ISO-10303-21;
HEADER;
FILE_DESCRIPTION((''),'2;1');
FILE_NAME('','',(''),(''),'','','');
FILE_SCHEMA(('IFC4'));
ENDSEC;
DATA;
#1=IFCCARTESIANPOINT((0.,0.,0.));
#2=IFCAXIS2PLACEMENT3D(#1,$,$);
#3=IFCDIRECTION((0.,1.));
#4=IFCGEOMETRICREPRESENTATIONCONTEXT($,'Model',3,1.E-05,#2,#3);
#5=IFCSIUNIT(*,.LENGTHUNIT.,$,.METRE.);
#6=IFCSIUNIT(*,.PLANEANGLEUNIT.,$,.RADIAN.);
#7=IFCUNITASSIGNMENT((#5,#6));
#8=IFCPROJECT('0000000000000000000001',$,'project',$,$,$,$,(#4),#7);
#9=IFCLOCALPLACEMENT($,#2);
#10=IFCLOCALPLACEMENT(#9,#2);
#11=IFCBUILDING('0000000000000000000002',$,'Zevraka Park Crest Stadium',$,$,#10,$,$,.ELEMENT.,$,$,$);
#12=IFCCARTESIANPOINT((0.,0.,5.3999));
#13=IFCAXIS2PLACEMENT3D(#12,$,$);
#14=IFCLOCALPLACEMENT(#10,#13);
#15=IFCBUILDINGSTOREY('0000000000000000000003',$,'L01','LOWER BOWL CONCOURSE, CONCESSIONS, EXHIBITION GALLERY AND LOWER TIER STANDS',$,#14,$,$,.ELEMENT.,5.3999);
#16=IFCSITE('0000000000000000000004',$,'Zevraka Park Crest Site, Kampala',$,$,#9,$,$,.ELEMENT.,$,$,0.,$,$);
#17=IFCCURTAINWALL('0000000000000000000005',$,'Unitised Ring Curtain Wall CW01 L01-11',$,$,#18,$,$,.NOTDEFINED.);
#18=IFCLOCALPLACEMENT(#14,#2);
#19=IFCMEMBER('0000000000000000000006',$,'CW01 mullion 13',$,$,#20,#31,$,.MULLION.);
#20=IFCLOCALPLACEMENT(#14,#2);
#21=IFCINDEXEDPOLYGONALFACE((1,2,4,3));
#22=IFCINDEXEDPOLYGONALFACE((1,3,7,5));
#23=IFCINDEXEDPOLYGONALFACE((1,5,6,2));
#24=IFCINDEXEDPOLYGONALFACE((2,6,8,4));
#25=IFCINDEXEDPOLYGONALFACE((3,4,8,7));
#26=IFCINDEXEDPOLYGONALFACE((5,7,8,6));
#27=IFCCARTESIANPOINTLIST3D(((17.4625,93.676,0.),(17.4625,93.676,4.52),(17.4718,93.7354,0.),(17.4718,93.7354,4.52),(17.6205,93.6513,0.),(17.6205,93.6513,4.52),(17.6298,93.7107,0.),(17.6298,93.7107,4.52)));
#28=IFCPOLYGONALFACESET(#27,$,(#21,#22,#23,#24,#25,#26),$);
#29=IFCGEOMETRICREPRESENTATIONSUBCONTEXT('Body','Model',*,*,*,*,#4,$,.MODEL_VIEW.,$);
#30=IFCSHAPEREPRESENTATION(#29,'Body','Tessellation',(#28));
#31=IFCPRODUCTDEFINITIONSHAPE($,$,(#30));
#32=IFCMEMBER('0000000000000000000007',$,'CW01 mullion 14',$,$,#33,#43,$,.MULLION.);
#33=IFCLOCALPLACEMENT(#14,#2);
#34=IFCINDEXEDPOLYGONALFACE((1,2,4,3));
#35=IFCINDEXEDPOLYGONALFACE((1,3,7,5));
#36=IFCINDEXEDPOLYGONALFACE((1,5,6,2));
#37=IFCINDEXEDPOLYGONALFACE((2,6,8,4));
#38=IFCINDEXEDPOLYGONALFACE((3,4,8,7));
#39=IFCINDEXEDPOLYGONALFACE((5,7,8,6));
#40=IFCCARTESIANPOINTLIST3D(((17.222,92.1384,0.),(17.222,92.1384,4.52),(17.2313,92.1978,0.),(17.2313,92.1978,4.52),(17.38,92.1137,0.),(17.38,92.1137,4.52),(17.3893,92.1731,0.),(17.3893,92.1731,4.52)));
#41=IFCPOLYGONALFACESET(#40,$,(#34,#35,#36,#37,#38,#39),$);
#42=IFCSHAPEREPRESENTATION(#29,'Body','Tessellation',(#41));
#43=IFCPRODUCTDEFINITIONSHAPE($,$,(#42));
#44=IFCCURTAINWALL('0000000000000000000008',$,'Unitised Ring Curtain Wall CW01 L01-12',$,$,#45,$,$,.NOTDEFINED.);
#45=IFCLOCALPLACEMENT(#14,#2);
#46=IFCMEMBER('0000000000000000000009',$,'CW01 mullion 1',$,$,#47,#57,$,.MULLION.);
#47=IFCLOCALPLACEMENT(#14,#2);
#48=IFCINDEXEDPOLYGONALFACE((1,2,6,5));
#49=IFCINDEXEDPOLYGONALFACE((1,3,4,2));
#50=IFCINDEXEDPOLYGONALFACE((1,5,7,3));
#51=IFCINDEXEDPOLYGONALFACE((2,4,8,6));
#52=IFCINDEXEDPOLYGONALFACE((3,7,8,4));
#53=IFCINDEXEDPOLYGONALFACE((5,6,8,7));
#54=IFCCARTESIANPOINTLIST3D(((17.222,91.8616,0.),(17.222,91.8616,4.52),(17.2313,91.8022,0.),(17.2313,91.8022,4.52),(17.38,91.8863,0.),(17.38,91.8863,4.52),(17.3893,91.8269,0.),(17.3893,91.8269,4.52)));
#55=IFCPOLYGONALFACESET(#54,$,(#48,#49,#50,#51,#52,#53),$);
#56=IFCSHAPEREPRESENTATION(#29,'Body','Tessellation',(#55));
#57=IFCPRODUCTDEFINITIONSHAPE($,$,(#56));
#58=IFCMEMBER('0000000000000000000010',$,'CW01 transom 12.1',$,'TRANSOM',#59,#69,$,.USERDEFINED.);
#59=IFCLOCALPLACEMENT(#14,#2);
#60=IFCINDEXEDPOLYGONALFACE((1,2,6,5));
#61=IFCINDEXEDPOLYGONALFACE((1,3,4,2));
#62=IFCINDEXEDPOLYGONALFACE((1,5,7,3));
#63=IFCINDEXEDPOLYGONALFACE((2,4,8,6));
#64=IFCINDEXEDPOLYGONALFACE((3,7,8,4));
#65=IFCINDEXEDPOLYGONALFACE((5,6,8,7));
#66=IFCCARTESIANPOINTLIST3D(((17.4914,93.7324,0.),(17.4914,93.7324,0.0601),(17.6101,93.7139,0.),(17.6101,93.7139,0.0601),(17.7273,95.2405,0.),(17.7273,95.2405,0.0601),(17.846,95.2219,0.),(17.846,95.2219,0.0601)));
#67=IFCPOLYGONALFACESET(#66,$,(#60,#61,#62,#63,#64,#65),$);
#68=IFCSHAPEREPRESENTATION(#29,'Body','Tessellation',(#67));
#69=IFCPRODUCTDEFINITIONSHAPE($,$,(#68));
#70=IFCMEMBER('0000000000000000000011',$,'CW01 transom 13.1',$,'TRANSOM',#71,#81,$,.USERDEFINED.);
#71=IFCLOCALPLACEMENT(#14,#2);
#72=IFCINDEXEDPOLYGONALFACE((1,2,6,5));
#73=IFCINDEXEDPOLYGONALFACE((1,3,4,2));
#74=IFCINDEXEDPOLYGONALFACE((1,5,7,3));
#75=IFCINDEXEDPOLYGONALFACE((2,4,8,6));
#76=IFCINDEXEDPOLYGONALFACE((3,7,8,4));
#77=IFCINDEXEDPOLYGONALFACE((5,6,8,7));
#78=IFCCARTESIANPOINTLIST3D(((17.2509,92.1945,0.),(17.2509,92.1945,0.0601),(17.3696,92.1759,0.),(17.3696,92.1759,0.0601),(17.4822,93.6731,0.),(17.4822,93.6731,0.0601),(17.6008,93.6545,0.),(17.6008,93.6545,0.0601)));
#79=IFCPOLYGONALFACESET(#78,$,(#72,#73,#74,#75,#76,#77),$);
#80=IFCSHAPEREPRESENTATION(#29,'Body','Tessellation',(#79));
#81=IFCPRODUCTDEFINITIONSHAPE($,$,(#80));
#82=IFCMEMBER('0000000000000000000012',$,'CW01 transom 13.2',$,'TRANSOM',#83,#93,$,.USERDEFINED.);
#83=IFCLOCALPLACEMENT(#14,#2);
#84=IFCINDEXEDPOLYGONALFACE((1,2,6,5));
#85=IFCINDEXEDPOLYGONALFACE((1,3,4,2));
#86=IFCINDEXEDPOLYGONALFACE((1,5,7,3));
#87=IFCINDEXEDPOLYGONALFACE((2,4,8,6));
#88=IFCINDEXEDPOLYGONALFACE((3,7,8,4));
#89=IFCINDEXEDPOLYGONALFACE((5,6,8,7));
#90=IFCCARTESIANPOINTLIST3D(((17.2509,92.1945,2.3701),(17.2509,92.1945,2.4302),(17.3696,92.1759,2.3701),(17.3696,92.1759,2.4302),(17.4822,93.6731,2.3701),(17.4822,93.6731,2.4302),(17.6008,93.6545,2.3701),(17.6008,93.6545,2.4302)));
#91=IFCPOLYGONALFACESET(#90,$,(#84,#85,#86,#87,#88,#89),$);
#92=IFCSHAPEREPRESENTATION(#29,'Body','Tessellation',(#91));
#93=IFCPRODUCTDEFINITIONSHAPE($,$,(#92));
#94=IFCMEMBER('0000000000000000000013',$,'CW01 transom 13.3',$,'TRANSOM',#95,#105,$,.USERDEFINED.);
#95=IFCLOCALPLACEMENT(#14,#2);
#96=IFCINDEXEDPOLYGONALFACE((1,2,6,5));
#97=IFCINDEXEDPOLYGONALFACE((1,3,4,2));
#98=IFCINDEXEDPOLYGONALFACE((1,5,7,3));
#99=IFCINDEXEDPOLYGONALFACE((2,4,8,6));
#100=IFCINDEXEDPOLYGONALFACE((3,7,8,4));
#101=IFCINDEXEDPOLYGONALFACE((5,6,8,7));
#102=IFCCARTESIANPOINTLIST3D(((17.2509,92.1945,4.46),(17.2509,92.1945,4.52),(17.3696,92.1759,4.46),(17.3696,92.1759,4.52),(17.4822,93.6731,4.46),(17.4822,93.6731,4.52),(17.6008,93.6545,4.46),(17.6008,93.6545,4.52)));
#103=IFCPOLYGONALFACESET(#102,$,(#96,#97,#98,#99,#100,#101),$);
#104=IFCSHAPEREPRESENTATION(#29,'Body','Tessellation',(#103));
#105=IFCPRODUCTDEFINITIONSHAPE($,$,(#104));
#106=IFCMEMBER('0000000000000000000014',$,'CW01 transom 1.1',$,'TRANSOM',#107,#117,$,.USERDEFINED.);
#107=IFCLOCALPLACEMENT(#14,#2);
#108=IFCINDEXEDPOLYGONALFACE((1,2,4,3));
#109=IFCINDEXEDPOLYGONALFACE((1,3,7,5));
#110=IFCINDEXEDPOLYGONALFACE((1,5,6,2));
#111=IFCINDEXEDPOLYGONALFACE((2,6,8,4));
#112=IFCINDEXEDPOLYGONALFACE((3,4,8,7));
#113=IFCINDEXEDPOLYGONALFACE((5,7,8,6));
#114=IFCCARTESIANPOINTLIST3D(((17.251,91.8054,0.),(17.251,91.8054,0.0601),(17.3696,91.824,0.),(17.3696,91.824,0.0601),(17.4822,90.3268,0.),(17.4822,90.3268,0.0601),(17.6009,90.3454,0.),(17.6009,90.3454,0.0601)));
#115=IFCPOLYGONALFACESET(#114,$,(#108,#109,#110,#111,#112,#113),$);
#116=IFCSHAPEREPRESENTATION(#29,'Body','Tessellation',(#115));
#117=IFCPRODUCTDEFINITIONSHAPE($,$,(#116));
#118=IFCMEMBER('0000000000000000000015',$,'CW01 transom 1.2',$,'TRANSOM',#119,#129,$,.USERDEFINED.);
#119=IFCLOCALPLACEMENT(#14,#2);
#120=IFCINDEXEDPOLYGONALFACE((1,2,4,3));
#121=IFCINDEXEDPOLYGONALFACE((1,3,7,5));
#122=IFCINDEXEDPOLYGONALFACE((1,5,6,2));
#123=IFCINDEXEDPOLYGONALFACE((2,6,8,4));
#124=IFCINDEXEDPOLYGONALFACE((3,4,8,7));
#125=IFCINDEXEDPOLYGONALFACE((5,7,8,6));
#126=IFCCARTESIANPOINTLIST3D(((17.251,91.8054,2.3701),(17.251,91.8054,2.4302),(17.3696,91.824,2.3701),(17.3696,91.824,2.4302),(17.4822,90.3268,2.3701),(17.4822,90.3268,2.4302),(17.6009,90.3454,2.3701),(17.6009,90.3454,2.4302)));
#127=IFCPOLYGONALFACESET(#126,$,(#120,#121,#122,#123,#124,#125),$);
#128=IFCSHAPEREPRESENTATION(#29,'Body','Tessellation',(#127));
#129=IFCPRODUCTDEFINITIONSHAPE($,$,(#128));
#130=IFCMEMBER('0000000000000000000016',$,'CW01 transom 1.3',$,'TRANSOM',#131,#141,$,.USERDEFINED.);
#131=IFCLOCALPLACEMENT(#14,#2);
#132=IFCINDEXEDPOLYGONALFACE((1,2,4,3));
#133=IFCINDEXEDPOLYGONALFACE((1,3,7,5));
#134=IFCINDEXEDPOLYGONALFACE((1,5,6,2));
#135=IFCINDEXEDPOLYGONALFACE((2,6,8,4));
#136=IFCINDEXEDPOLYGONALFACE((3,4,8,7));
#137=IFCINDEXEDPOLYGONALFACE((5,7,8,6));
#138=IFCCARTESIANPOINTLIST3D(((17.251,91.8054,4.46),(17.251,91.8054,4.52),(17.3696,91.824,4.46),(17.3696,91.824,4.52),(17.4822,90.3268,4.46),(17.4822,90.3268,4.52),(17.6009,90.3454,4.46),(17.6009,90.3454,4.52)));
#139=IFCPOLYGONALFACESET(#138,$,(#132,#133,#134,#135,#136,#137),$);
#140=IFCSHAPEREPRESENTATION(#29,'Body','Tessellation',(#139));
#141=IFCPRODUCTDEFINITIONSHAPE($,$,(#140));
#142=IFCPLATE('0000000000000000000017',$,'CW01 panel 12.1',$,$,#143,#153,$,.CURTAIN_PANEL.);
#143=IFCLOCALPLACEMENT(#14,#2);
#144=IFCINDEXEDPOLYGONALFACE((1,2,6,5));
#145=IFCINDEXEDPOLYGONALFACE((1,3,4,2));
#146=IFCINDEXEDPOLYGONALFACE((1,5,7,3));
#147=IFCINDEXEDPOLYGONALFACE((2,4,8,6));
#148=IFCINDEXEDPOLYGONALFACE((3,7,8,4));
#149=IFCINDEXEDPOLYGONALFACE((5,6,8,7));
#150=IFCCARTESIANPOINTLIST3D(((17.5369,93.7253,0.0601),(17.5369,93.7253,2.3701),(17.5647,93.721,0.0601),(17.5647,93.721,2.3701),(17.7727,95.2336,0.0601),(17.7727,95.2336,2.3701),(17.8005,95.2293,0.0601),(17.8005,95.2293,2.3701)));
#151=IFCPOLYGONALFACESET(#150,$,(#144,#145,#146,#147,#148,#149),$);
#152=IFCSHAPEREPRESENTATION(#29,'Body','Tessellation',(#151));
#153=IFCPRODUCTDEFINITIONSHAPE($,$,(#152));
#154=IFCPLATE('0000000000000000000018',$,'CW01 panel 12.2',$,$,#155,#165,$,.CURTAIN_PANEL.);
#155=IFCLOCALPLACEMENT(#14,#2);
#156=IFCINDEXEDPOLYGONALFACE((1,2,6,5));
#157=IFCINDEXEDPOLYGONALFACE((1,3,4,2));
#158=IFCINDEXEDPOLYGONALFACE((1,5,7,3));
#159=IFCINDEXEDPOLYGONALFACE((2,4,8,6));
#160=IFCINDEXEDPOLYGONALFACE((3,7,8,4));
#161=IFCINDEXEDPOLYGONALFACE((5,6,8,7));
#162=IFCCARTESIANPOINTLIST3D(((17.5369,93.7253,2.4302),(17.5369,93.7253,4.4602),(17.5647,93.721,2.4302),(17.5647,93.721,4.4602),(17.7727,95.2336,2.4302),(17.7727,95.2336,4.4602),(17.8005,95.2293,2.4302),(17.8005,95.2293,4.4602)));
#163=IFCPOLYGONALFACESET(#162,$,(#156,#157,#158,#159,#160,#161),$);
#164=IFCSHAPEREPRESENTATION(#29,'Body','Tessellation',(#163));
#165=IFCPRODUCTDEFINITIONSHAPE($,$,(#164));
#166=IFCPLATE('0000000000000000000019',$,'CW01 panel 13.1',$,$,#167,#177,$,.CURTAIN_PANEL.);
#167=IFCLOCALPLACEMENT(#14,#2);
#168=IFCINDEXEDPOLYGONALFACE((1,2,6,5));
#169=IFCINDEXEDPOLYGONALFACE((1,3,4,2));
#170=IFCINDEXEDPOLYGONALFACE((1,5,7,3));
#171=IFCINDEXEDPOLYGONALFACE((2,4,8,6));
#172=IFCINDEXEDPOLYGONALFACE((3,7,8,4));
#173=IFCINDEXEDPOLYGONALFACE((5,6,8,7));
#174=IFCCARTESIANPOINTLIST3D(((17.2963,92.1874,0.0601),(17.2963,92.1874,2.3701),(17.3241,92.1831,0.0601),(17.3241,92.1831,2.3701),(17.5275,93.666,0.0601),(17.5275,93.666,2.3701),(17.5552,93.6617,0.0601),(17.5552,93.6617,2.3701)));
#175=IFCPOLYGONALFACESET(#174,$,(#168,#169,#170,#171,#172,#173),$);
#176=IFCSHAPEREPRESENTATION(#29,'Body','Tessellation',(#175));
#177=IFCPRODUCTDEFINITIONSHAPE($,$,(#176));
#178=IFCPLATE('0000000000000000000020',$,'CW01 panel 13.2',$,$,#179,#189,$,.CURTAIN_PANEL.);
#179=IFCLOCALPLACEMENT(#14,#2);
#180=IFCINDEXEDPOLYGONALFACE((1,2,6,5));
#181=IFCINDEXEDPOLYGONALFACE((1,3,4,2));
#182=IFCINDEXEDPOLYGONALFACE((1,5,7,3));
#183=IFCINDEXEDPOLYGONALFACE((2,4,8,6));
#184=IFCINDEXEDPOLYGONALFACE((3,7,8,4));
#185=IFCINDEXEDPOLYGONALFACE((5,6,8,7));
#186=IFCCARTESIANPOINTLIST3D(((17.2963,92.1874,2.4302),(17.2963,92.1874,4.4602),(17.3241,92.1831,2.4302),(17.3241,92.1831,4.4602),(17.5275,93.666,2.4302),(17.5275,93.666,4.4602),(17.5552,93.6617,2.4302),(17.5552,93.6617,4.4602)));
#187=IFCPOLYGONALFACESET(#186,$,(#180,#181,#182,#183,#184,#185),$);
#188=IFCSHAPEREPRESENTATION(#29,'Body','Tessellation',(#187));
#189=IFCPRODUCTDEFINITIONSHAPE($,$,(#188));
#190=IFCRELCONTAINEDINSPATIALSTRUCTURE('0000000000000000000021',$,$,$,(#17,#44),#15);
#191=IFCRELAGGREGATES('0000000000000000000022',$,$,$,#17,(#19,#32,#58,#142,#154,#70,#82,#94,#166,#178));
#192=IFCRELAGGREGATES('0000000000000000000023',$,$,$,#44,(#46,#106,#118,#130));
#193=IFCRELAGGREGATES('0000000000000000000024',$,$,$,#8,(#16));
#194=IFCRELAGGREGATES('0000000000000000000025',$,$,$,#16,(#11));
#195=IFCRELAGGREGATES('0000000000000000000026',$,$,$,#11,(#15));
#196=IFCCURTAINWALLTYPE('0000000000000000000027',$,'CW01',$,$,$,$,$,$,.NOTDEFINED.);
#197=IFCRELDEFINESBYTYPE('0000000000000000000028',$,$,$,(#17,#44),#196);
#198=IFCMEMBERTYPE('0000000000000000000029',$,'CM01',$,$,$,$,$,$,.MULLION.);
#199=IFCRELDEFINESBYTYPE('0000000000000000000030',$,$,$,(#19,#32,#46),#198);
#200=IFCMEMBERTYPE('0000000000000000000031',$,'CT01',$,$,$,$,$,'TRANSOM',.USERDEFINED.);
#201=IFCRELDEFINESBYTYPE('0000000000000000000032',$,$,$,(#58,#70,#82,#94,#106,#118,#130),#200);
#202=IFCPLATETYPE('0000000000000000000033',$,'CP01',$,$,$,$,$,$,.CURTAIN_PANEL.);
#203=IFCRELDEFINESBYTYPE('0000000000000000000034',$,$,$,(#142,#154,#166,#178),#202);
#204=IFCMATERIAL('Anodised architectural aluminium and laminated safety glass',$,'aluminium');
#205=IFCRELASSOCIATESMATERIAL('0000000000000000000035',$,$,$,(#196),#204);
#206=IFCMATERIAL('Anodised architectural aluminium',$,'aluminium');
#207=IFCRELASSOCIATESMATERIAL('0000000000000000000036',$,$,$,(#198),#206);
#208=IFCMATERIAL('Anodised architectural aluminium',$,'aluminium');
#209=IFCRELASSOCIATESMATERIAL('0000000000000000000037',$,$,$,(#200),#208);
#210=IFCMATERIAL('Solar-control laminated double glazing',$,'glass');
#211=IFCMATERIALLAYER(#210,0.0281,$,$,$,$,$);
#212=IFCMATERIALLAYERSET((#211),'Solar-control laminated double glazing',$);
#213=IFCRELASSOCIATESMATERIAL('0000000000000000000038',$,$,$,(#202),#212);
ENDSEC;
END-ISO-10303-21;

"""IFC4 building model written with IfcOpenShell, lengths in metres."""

from ifc_helpers import new_model, si_unit, direction, frame, origin, origin_2d, place, context, subcontext, project, spatial, rectangle, extrude, material, layer, layer_set, material_profile, profile_set, type_object, element, aggregate, save


model = new_model("IFC4")

# Units and contexts
model_context = context("Model", 3, precision=1e-05, world=origin(), true_north=direction((0.0, 1.0)))
body_context = subcontext(model_context, "Body", "Model", "MODEL_VIEW")
ifc_project = project(units=[si_unit("LENGTHUNIT", "METRE"), si_unit("PLANEANGLEUNIT", "RADIAN")], contexts=[model_context])

# Site, building, storey
site_placement = place(None, origin())
site = spatial("IfcSite", under=ifc_project, at=site_placement, Name="Zevraka Park Crest Site, Kampala", CompositionType="ELEMENT", RefElevation=0.0)
building_placement = place(site_placement, origin())
building = spatial("IfcBuilding", under=site, at=building_placement, Name="Zevraka Park Crest Stadium", CompositionType="ELEMENT")
storey_placement = place(building_placement, frame((0.0, 0.0, 5.3999)))
storey = spatial("IfcBuildingStorey", under=building, at=storey_placement, Name="L01", Description="LOWER BOWL CONCOURSE, CONCESSIONS, EXHIBITION GALLERY AND LOWER TIER STANDS", CompositionType="ELEMENT", Elevation=5.3999)

# Curtain wall, members
ifc_material_1 = material(Name="Anodised architectural aluminium and laminated safety glass", Category="aluminium")
curtain_wall_type = type_object("IfcCurtainWallType", Name="CW01", PredefinedType="NOTDEFINED", material=ifc_material_1)
curtain_wall_1_placement = place(storey_placement, origin())
curtain_wall_1 = element("IfcCurtainWall", 1, at=curtain_wall_1_placement, inside=storey, type_object=curtain_wall_type, Name="Unitised Ring Curtain Wall CW01 L01-11", PredefinedType="NOTDEFINED")
ifc_material_2 = material(Name="Anodised architectural aluminium", Category="aluminium")
ifc_material_profile_1 = material_profile(ifc_material_2, rectangle(XDim=0.1599, YDim=0.0601, at=origin_2d()), Name="ALU MULLION 160x60")
ifc_profile_set_1 = profile_set([ifc_material_profile_1], Name="Anodised architectural aluminium")
member_type_1 = type_object("IfcMemberType", Name="CM01", PredefinedType="MULLION", material=ifc_profile_set_1)
member_1_placement = place(storey_placement, frame((17.5461, 93.6934, 0.0), z_axis=(0.0, 0.0, 1.0), x_axis=(0.987997, -0.154476, 0.0)))
member_1 = element("IfcMember", 2, at=member_1_placement, type_object=member_type_1, Name="CW01 mullion 13", PredefinedType="MULLION", context=body_context, shape_type="SweptSolid", body=[
    extrude(rectangle(XDim=0.1599, YDim=0.0601, at=origin_2d()), origin(), (0.0, 0.0, 1.0), 4.52),
])
member_2_placement = place(storey_placement, frame((17.3057, 92.1558, 0.0), z_axis=(0.0, 0.0, 1.0), x_axis=(0.987997, -0.154476, 0.0)))
member_2 = element("IfcMember", 3, at=member_2_placement, type_object=member_type_1, Name="CW01 mullion 14", PredefinedType="MULLION", context=body_context, shape_type="SweptSolid", body=[
    extrude(rectangle(XDim=0.1599, YDim=0.0601, at=origin_2d()), origin(), (0.0, 0.0, 1.0), 4.52),
])

# Curtain wall, member
curtain_wall_2_placement = place(storey_placement, origin())
curtain_wall_2 = element("IfcCurtainWall", 4, at=curtain_wall_2_placement, inside=storey, type_object=curtain_wall_type, Name="Unitised Ring Curtain Wall CW01 L01-12", PredefinedType="NOTDEFINED")
member_3_placement = place(storey_placement, frame((17.3057, 91.8442, 0.0), z_axis=(0.0, 0.0, 1.0), x_axis=(0.987997, 0.154476, 0.0)))
member_3 = element("IfcMember", 5, at=member_3_placement, type_object=member_type_1, Name="CW01 mullion 1", PredefinedType="MULLION", context=body_context, shape_type="SweptSolid", body=[
    extrude(rectangle(XDim=0.1599, YDim=0.0601, at=origin_2d()), origin(), (0.0, 0.0, 1.0), 4.52),
])

# Members
ifc_material_3 = material(Name="Anodised architectural aluminium", Category="aluminium")
ifc_material_profile_2 = material_profile(ifc_material_3, rectangle(XDim=0.1201, YDim=0.0601, at=origin_2d()), Name="ALU TRANSOM 120x60")
ifc_profile_set_2 = profile_set([ifc_material_profile_2], Name="Anodised architectural aluminium")
member_type_2 = type_object("IfcMemberType", Name="CT01", ElementType="TRANSOM", PredefinedType="USERDEFINED", material=ifc_profile_set_2)
member_4_placement = place(storey_placement, frame((17.7866, 95.2312, 0.03), z_axis=(-0.154509, -0.987991, 0.0), x_axis=(0.987991, -0.154509, 0.0)))
member_4 = element("IfcMember", 6, at=member_4_placement, type_object=member_type_2, Name="CW01 transom 12.1", ObjectType="TRANSOM", PredefinedType="USERDEFINED", context=body_context, shape_type="SweptSolid", body=[
    extrude(rectangle(XDim=0.1201, YDim=0.0601, at=origin_2d()), origin(), (0.0, 0.0, 1.0), 1.5264),
])
member_5_placement = place(storey_placement, frame((17.5415, 93.6638, 0.03), z_axis=(-0.154496, -0.987993, 0.0), x_axis=(0.987993, -0.154496, 0.0)))
member_5 = element("IfcMember", 7, at=member_5_placement, type_object=member_type_2, Name="CW01 transom 13.1", ObjectType="TRANSOM", PredefinedType="USERDEFINED", context=body_context, shape_type="SweptSolid", body=[
    extrude(rectangle(XDim=0.1201, YDim=0.0601, at=origin_2d()), origin(), (0.0, 0.0, 1.0), 1.4966),
])
member_6_placement = place(storey_placement, frame((17.5415, 93.6638, 2.4001), z_axis=(-0.154496, -0.987993, 0.0), x_axis=(0.987993, -0.154496, 0.0)))
member_6 = element("IfcMember", 8, at=member_6_placement, type_object=member_type_2, Name="CW01 transom 13.2", ObjectType="TRANSOM", PredefinedType="USERDEFINED", context=body_context, shape_type="SweptSolid", body=[
    extrude(rectangle(XDim=0.1201, YDim=0.0601, at=origin_2d()), origin(), (0.0, 0.0, 1.0), 1.4966),
])
member_7_placement = place(storey_placement, frame((17.5415, 93.6638, 4.49), z_axis=(-0.154496, -0.987993, 0.0), x_axis=(0.987993, -0.154496, 0.0)))
member_7 = element("IfcMember", 9, at=member_7_placement, type_object=member_type_2, Name="CW01 transom 13.3", ObjectType="TRANSOM", PredefinedType="USERDEFINED", context=body_context, shape_type="SweptSolid", body=[
    extrude(rectangle(XDim=0.1201, YDim=0.0601, at=origin_2d()), origin(), (0.0, 0.0, 1.0), 1.4966),
])
member_8_placement = place(storey_placement, frame((17.3103, 91.8147, 0.03), z_axis=(0.154496, -0.987993, 0.0), x_axis=(0.987993, 0.154496, 0.0)))
member_8 = element("IfcMember", 10, at=member_8_placement, type_object=member_type_2, Name="CW01 transom 1.1", ObjectType="TRANSOM", PredefinedType="USERDEFINED", context=body_context, shape_type="SweptSolid", body=[
    extrude(rectangle(XDim=0.1201, YDim=0.0601, at=origin_2d()), origin(), (0.0, 0.0, 1.0), 1.4966),
])
member_9_placement = place(storey_placement, frame((17.3103, 91.8147, 2.4001), z_axis=(0.154496, -0.987993, 0.0), x_axis=(0.987993, 0.154496, 0.0)))
member_9 = element("IfcMember", 11, at=member_9_placement, type_object=member_type_2, Name="CW01 transom 1.2", ObjectType="TRANSOM", PredefinedType="USERDEFINED", context=body_context, shape_type="SweptSolid", body=[
    extrude(rectangle(XDim=0.1201, YDim=0.0601, at=origin_2d()), origin(), (0.0, 0.0, 1.0), 1.4966),
])
member_10_placement = place(storey_placement, frame((17.3103, 91.8147, 4.49), z_axis=(0.154496, -0.987993, 0.0), x_axis=(0.987993, 0.154496, 0.0)))
member_10 = element("IfcMember", 12, at=member_10_placement, type_object=member_type_2, Name="CW01 transom 1.3", ObjectType="TRANSOM", PredefinedType="USERDEFINED", context=body_context, shape_type="SweptSolid", body=[
    extrude(rectangle(XDim=0.1201, YDim=0.0601, at=origin_2d()), origin(), (0.0, 0.0, 1.0), 1.4966),
])

# Plates
ifc_material_4 = material(Name="Solar-control laminated double glazing", Category="glass")
ifc_layer_1 = layer(ifc_material_4, 0.0281)
ifc_layer_set_1 = layer_set([ifc_layer_1], Name="Solar-control laminated double glazing")
plate_type = type_object("IfcPlateType", Name="CP01", PredefinedType="CURTAIN_PANEL", material=ifc_layer_set_1)
plate_1_placement = place(storey_placement, frame((17.6687, 94.4773, 0.0601), z_axis=(0.0, 0.0, 1.0), x_axis=(-0.154476, -0.987997, 0.0)))
plate_1 = element("IfcPlate", 13, at=plate_1_placement, type_object=plate_type, Name="CW01 panel 12.1", PredefinedType="CURTAIN_PANEL", context=body_context, shape_type="SweptSolid", body=[
    extrude(rectangle(XDim=1.5266, YDim=0.0281, at=origin_2d()), origin(), (0.0, 0.0, 1.0), 2.3101),
])
plate_2_placement = place(storey_placement, frame((17.6687, 94.4773, 2.4302), z_axis=(0.0, 0.0, 1.0), x_axis=(-0.154476, -0.987997, 0.0)))
plate_2 = element("IfcPlate", 14, at=plate_2_placement, type_object=plate_type, Name="CW01 panel 12.2", PredefinedType="CURTAIN_PANEL", context=body_context, shape_type="SweptSolid", body=[
    extrude(rectangle(XDim=1.5266, YDim=0.0281, at=origin_2d()), origin(), (0.0, 0.0, 1.0), 2.03),
])
plate_3_placement = place(storey_placement, frame((17.4258, 92.9246, 0.0601), z_axis=(0.0, 0.0, 1.0), x_axis=(-0.154476, -0.987997, 0.0)))
plate_3 = element("IfcPlate", 15, at=plate_3_placement, type_object=plate_type, Name="CW01 panel 13.1", PredefinedType="CURTAIN_PANEL", context=body_context, shape_type="SweptSolid", body=[
    extrude(rectangle(XDim=1.4966, YDim=0.0281, at=origin_2d()), origin(), (0.0, 0.0, 1.0), 2.3101),
])
plate_4_placement = place(storey_placement, frame((17.4258, 92.9246, 2.4302), z_axis=(0.0, 0.0, 1.0), x_axis=(-0.154476, -0.987997, 0.0)))
plate_4 = element("IfcPlate", 16, at=plate_4_placement, type_object=plate_type, Name="CW01 panel 13.2", PredefinedType="CURTAIN_PANEL", context=body_context, shape_type="SweptSolid", body=[
    extrude(rectangle(XDim=1.4966, YDim=0.0281, at=origin_2d()), origin(), (0.0, 0.0, 1.0), 2.03),
])
aggregate(curtain_wall_1, [member_1, member_2, member_4, plate_1, plate_2, member_5, member_6, member_7, plate_3, plate_4])
aggregate(curtain_wall_2, [member_3, member_8, member_9, member_10])

save(model, "model.ifc")
